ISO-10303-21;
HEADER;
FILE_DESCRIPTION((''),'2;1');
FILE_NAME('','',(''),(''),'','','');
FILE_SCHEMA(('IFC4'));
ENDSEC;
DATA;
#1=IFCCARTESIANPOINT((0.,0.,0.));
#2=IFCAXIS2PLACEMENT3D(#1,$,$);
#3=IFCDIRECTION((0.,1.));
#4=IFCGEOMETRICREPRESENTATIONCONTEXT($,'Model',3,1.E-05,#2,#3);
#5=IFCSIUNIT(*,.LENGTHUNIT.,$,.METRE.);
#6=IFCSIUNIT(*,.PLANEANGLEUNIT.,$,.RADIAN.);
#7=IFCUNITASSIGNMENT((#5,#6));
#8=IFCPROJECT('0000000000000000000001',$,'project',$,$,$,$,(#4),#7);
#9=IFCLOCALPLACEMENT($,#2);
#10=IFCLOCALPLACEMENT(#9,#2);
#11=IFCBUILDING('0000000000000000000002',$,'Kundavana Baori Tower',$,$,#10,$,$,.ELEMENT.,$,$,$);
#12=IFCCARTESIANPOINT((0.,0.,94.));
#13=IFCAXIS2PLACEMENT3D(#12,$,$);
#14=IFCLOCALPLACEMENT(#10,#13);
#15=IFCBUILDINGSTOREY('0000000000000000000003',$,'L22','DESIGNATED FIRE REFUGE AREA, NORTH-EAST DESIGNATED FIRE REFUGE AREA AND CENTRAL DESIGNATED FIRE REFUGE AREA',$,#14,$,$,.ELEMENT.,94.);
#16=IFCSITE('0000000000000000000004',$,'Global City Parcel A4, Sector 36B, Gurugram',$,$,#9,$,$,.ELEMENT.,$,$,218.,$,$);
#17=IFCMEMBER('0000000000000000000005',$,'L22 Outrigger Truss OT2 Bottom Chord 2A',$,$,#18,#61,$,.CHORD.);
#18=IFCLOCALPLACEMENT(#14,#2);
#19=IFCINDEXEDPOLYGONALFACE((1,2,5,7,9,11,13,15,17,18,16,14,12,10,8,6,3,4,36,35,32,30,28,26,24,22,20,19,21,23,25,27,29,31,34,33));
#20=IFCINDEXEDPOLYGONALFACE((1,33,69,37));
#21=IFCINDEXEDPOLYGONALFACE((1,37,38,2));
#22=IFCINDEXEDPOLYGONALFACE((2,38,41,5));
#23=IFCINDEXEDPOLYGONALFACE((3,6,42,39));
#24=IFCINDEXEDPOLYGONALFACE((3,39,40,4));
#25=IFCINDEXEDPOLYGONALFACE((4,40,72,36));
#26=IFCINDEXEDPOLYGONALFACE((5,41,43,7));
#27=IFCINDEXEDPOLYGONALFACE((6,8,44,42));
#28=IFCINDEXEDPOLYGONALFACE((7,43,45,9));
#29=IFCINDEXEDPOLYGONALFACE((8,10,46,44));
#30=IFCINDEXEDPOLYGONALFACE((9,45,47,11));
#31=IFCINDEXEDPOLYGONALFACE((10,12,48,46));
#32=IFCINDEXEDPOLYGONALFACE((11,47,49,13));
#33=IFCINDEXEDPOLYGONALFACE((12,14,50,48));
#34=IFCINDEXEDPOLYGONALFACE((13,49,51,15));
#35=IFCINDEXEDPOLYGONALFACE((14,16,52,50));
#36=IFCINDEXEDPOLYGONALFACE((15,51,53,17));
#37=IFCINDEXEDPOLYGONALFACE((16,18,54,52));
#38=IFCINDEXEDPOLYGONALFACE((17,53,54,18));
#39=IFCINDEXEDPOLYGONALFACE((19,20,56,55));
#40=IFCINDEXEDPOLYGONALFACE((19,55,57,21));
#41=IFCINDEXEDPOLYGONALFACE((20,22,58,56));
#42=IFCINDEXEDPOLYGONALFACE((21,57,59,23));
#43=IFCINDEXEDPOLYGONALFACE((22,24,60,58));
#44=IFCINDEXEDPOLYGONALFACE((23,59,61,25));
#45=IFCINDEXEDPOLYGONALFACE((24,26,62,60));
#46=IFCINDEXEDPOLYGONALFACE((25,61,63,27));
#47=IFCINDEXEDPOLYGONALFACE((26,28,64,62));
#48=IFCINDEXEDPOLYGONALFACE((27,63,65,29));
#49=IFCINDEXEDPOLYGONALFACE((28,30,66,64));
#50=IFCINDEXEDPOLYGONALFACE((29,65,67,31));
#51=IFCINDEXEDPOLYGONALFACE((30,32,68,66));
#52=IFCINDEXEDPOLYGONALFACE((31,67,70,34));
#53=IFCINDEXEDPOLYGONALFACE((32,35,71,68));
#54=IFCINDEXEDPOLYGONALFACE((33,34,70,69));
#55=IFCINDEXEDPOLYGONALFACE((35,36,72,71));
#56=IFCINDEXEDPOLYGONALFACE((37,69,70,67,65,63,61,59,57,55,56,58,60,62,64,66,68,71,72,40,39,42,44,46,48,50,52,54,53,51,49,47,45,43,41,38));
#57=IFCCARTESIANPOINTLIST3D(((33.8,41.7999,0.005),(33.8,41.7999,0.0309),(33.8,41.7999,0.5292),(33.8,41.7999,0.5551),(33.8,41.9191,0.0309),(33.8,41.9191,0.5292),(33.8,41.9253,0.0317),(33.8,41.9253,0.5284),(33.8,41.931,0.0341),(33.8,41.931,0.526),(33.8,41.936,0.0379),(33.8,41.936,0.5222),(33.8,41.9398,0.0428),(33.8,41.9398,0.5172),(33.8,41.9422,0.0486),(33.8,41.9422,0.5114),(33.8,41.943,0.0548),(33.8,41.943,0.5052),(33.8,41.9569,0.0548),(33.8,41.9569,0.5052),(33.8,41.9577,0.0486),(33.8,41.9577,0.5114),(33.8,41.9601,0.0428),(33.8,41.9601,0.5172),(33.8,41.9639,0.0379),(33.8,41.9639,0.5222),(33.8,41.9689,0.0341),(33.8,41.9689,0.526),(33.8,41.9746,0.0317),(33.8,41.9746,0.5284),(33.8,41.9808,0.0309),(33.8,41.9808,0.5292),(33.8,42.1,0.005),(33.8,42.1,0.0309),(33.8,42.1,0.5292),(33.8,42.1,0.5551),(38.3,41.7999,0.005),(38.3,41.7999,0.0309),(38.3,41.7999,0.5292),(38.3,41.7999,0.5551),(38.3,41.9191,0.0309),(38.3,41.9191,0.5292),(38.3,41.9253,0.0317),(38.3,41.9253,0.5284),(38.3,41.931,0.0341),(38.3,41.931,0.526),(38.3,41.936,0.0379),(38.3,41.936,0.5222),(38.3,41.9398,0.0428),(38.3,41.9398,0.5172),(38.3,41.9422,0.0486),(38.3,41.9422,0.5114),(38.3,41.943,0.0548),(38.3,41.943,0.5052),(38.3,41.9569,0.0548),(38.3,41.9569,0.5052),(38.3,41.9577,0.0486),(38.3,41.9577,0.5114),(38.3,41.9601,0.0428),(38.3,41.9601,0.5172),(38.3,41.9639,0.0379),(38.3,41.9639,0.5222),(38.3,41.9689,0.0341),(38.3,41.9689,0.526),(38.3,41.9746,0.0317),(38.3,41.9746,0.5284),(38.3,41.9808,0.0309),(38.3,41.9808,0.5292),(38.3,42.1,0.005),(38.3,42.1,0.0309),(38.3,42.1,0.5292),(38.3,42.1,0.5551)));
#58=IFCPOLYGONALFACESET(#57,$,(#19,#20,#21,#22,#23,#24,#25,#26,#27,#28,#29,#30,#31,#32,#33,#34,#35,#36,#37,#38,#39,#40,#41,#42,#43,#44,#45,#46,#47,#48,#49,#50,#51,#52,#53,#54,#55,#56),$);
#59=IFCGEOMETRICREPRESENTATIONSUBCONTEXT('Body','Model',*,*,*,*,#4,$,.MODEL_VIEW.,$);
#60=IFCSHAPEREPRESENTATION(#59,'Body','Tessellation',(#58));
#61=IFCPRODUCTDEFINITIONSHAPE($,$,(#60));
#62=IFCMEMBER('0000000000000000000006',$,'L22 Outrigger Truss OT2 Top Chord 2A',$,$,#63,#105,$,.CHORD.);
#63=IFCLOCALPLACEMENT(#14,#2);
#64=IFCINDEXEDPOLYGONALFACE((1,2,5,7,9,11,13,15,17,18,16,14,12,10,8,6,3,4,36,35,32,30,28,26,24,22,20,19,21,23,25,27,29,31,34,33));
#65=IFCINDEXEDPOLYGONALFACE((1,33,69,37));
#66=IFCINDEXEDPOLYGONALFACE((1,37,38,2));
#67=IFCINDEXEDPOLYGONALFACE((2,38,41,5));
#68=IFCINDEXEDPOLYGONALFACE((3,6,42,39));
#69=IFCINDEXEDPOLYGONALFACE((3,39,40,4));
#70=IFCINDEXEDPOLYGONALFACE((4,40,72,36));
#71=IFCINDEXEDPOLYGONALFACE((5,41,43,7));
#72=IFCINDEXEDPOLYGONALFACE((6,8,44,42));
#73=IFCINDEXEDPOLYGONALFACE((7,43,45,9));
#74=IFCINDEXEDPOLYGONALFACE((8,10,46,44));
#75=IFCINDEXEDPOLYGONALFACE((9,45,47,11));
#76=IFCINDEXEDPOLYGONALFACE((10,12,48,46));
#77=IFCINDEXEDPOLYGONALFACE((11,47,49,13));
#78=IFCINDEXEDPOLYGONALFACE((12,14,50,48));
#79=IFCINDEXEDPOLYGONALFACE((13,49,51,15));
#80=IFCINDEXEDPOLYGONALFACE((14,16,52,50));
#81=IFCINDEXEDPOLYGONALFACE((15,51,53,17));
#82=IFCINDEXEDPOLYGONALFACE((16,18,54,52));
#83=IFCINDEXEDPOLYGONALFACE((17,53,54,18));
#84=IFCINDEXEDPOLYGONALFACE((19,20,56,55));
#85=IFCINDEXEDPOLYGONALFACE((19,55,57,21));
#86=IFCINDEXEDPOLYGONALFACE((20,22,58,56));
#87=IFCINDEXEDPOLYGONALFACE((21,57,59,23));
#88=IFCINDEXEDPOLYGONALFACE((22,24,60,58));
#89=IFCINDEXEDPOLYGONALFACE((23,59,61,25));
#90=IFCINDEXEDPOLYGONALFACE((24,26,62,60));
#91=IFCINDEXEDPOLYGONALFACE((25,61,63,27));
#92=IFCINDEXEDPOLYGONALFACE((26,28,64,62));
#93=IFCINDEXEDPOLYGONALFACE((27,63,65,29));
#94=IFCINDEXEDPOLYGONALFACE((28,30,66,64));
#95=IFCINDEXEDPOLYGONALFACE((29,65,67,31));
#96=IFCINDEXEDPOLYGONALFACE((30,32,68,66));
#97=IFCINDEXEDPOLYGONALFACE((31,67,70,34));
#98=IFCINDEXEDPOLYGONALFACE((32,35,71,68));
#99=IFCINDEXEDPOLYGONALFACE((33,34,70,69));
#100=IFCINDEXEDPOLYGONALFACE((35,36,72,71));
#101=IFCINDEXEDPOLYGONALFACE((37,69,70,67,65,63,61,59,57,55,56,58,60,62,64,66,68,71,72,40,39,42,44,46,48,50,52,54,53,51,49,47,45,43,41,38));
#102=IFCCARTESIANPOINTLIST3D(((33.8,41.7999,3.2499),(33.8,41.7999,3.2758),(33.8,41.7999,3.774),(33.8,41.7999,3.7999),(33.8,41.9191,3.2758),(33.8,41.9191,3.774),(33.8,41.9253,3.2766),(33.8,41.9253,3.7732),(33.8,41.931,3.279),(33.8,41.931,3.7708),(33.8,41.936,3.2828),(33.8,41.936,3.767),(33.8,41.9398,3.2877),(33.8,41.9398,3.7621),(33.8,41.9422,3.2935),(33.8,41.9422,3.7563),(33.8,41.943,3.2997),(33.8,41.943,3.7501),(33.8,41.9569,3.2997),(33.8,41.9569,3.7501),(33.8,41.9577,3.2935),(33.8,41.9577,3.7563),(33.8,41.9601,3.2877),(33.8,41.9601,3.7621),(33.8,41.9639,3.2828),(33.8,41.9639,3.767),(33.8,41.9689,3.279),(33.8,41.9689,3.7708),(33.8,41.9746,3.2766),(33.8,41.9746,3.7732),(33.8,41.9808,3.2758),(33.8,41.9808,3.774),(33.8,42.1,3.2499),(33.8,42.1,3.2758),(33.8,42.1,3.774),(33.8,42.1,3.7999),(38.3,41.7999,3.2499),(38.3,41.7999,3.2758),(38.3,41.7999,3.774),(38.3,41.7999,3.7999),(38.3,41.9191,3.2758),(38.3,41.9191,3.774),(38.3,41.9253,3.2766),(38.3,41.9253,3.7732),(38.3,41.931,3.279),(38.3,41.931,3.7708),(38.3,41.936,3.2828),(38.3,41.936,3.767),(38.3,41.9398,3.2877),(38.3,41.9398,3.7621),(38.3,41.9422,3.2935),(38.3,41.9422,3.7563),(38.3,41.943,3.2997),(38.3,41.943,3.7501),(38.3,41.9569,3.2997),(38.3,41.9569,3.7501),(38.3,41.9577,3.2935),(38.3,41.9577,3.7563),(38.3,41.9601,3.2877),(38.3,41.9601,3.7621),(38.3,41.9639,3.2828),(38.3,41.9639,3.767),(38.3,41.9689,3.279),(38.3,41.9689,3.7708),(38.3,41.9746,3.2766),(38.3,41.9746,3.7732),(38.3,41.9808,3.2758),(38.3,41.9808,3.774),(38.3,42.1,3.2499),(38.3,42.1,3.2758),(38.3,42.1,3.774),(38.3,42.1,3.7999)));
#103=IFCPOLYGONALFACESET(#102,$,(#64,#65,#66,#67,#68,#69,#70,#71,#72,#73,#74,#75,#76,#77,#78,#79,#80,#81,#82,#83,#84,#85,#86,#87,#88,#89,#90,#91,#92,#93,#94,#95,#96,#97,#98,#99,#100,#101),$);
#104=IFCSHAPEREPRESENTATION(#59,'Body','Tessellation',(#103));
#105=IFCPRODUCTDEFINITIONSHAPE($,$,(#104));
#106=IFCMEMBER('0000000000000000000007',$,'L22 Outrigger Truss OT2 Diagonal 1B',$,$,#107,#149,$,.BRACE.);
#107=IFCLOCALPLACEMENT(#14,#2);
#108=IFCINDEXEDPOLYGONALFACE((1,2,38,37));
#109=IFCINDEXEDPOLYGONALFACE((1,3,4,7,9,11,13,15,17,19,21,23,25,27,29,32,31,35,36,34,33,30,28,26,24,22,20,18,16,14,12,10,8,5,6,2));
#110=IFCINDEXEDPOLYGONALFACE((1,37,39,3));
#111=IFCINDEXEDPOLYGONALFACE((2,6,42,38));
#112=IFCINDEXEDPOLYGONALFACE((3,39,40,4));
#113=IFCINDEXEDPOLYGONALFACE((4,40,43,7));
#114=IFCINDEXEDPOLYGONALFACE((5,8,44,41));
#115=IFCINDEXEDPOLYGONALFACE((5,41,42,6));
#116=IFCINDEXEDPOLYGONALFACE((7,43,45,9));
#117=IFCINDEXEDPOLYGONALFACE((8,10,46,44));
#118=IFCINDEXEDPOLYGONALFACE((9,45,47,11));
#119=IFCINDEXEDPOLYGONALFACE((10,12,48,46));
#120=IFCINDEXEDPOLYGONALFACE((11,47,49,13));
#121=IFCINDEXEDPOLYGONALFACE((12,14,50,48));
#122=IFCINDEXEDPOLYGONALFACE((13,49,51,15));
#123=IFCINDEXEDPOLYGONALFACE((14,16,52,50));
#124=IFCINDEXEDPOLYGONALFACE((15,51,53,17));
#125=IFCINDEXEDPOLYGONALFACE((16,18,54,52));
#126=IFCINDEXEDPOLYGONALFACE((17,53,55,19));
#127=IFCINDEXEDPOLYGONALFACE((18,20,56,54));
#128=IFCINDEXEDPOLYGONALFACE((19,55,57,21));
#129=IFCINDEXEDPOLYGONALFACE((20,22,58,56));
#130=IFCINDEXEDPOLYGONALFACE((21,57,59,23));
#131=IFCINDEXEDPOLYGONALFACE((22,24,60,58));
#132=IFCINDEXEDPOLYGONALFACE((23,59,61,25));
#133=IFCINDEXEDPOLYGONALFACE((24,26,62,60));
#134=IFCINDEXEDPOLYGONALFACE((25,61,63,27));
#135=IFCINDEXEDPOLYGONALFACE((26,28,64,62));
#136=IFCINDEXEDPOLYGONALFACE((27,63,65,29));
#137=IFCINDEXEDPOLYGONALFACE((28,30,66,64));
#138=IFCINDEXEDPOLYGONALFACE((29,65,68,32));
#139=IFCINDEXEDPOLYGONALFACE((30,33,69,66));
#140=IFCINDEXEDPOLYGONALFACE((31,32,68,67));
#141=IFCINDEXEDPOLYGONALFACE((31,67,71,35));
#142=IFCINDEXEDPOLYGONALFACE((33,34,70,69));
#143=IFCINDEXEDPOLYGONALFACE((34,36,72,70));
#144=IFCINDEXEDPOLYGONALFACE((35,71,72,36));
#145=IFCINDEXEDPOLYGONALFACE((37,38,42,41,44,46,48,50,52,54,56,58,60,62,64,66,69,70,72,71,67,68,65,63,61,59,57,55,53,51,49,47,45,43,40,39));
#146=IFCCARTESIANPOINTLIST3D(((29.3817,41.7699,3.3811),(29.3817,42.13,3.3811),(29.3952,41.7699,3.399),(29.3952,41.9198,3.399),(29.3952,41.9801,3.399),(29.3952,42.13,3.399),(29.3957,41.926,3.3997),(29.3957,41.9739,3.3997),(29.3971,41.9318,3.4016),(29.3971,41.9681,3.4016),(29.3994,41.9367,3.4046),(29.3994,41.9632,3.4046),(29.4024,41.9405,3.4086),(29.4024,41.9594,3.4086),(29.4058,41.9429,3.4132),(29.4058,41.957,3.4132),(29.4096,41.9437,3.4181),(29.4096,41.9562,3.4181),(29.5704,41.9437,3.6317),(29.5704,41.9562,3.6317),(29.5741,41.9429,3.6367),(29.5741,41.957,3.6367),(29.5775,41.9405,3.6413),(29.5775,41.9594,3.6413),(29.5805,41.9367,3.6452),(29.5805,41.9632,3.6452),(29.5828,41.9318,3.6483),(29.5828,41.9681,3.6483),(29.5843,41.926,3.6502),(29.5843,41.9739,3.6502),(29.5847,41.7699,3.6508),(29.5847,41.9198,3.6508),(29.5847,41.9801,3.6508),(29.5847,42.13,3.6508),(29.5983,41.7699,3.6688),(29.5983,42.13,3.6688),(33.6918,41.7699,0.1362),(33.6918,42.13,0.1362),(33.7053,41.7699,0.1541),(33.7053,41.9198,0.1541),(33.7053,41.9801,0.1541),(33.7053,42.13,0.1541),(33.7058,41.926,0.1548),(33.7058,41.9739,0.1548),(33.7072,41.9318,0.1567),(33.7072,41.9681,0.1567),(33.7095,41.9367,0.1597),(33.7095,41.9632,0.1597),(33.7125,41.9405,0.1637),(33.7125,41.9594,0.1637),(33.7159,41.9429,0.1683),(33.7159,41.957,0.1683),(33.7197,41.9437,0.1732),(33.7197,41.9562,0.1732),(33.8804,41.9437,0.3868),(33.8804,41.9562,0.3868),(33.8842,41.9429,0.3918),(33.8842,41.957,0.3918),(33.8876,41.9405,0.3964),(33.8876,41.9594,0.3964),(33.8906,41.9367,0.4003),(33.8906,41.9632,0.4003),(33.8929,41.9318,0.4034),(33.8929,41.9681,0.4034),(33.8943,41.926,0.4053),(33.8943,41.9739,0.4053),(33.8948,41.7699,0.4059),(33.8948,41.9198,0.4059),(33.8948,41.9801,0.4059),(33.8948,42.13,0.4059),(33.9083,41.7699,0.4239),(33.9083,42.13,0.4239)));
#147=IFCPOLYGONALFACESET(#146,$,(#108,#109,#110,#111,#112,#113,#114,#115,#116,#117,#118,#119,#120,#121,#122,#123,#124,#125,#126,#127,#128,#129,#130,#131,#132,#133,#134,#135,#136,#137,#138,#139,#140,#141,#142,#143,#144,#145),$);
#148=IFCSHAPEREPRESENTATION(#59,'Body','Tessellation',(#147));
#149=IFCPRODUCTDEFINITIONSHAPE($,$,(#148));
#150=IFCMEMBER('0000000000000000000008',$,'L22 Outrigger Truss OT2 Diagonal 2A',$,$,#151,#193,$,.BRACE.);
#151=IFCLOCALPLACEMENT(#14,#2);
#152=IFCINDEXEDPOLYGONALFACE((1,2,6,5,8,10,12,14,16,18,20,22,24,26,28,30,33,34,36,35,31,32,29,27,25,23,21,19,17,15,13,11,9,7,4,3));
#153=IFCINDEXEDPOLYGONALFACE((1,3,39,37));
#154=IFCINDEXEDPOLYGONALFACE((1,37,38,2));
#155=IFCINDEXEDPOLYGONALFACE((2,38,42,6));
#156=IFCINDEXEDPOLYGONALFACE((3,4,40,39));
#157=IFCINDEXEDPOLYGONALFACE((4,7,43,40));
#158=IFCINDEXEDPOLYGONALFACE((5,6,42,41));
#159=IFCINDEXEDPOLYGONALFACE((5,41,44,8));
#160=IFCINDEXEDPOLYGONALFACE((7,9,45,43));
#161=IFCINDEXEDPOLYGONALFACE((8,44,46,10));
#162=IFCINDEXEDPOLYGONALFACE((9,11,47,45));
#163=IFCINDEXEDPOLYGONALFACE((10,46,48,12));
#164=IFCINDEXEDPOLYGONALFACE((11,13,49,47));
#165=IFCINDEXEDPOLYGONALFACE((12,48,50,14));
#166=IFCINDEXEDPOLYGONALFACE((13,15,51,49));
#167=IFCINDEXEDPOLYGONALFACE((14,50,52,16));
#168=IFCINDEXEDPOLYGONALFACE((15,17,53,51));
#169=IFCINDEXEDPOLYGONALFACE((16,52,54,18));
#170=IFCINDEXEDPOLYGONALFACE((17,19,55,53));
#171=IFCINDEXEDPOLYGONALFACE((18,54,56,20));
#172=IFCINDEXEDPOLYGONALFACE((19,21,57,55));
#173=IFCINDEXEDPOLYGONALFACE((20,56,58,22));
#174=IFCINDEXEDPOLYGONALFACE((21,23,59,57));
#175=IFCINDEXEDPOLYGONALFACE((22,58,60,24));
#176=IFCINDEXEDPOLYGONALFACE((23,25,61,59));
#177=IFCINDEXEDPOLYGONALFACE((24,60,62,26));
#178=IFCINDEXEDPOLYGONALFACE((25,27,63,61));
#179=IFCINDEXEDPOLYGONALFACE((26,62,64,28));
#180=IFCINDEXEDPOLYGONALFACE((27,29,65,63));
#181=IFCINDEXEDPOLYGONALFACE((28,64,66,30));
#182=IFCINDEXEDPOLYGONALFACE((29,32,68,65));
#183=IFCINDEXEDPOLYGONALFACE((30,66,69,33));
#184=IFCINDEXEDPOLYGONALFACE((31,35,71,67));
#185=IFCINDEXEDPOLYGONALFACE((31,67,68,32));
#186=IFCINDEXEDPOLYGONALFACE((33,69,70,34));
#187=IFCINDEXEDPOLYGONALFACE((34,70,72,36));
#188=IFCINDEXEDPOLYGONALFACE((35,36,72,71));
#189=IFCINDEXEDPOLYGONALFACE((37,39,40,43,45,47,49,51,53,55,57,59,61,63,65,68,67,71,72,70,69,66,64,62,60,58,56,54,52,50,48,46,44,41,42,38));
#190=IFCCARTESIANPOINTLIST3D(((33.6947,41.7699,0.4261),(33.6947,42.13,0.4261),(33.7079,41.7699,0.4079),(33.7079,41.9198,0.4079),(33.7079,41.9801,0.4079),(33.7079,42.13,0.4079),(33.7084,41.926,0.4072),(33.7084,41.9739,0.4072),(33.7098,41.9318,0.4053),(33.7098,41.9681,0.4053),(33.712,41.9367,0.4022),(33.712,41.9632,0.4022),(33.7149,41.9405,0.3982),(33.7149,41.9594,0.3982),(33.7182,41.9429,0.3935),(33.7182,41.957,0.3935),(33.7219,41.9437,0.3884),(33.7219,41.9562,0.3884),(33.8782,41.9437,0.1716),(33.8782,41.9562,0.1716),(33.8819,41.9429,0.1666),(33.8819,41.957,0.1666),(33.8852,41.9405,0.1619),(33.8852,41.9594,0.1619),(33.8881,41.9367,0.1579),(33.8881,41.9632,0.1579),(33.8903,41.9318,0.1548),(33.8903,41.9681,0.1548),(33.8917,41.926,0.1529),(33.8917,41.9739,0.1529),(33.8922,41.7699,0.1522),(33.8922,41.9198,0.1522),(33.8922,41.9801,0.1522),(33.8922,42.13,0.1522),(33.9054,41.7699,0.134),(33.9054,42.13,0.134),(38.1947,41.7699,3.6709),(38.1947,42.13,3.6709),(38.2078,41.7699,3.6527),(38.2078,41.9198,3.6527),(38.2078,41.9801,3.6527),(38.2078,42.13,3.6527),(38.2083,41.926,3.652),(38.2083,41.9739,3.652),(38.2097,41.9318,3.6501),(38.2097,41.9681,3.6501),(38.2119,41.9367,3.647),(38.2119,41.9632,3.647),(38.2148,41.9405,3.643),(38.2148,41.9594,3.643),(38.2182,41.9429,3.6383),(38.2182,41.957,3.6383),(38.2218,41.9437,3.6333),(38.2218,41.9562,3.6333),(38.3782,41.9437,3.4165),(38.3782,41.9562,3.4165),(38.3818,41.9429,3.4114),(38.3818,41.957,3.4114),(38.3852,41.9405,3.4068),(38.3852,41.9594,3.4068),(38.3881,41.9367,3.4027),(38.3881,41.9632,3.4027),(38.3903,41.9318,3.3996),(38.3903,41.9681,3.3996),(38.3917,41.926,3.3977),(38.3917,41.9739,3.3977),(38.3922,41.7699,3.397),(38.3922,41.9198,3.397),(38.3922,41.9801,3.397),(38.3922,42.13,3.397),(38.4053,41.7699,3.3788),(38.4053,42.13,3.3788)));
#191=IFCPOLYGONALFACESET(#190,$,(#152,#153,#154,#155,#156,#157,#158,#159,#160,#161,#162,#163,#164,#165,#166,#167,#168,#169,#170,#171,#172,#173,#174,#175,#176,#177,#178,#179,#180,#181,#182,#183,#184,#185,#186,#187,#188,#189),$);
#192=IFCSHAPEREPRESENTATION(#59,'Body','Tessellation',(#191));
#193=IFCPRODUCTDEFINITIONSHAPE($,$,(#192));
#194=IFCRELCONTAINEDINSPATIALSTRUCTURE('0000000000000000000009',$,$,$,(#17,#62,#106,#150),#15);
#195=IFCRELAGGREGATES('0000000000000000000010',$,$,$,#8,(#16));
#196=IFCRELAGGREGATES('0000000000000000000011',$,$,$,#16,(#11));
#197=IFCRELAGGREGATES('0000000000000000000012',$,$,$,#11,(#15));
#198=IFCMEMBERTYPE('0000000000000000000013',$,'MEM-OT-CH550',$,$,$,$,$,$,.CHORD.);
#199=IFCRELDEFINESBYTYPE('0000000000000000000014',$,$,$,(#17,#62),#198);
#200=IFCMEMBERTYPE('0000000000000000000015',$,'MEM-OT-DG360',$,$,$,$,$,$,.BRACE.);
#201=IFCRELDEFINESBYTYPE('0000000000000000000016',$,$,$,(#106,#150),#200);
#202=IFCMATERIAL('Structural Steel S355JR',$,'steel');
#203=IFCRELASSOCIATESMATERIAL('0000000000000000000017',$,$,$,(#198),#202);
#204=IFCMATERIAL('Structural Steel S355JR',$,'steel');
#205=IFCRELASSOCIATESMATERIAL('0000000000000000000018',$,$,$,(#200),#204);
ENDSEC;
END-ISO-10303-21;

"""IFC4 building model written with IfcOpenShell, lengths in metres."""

from ifc_helpers import new_model, si_unit, direction, frame, origin, origin_2d, place, context, subcontext, project, spatial, i_section, extrude, material, material_profile, profile_set, type_object, element, save


model = new_model("IFC4")

# Units and contexts
model_context = context("Model", 3, precision=1e-05, world=origin(), true_north=direction((0.0, 1.0)))
body_context = subcontext(model_context, "Body", "Model", "MODEL_VIEW")
ifc_project = project(units=[si_unit("LENGTHUNIT", "METRE"), si_unit("PLANEANGLEUNIT", "RADIAN")], contexts=[model_context])

# Site, building, storey
site_placement = place(None, origin())
site = spatial("IfcSite", under=ifc_project, at=site_placement, Name="Global City Parcel A4, Sector 36B, Gurugram", CompositionType="ELEMENT", RefElevation=218.0)
building_placement = place(site_placement, origin())
building = spatial("IfcBuilding", under=site, at=building_placement, Name="Kundavana Baori Tower", CompositionType="ELEMENT")
storey_placement = place(building_placement, frame((0.0, 0.0, 94.0)))
storey = spatial("IfcBuildingStorey", under=building, at=storey_placement, Name="L22", Description="DESIGNATED FIRE REFUGE AREA, NORTH-EAST DESIGNATED FIRE REFUGE AREA AND CENTRAL DESIGNATED FIRE REFUGE AREA", CompositionType="ELEMENT", Elevation=94.0)

# Members
ifc_material_1 = material(Name="Structural Steel S355JR", Category="steel")
ifc_material_profile_1 = material_profile(ifc_material_1, i_section(OverallWidth=0.3, OverallDepth=0.55, WebThickness=0.0139, FlangeThickness=0.0259, FilletRadius=0.0239, at=origin_2d()), Name="WPB 550x300x166")
ifc_profile_set_1 = profile_set([ifc_material_profile_1], Name="Structural Steel S355JR")
member_type_1 = type_object("IfcMemberType", Name="MEM-OT-CH550", PredefinedType="CHORD", material=ifc_profile_set_1)
for number, where, z_axis, x_axis, name in (
    (1, (33.8, 41.95, 0.28), (1.0, 0.0, 0.0), (0.0, 1.0, 0.0), "L22 Outrigger Truss OT2 Bottom Chord 2A"),
    (2, (33.8, 41.95, 3.5249), (1.0, 0.0, 0.0), (0.0, 1.0, 0.0), "L22 Outrigger Truss OT2 Top Chord 2A"),
):
    element("IfcMember", number, at=place(storey_placement, frame(where, z_axis=z_axis, x_axis=x_axis)), inside=storey, type_object=member_type_1, Name=name, PredefinedType="CHORD", context=body_context, shape_type="SweptSolid", body=[
        extrude(i_section(OverallWidth=0.3, OverallDepth=0.55, WebThickness=0.0139, FlangeThickness=0.0259, FilletRadius=0.0239, at=origin_2d()), origin(), (0.0, 0.0, 1.0), 4.5),
    ])
ifc_material_2 = material(Name="Structural Steel S355JR", Category="steel")
ifc_material_profile_2 = material_profile(ifc_material_2, i_section(OverallWidth=0.3601, OverallDepth=0.3601, WebThickness=0.0125, FlangeThickness=0.0225, FilletRadius=0.0239, at=origin_2d()), Name="WPB 360x360x142")
ifc_profile_set_2 = profile_set([ifc_material_profile_2], Name="Structural Steel S355JR")
member_type_2 = type_object("IfcMemberType", Name="MEM-OT-DG360", PredefinedType="BRACE", material=ifc_profile_set_2)
member_1_placement = place(storey_placement, frame((33.8, 41.95, 0.28), z_axis=(-0.798902, 0.0, 0.601462), x_axis=(0.0, -1.0, 0.0)))
element("IfcMember", 3, at=member_1_placement, inside=storey, type_object=member_type_2, Name="L22 Outrigger Truss OT2 Diagonal 1B", PredefinedType="BRACE", context=body_context, shape_type="SweptSolid", body=[
    extrude(i_section(OverallWidth=0.3601, OverallDepth=0.3601, WebThickness=0.0125, FlangeThickness=0.0225, FilletRadius=0.0239, at=origin_2d()), origin(), (0.0, 0.0, 1.0), 5.395),
])
member_2_placement = place(storey_placement, frame((33.8, 41.95, 0.28), z_axis=(0.811118, 0.0, 0.584883), x_axis=(0.0, 1.0, 0.0)))
element("IfcMember", 4, at=member_2_placement, inside=storey, type_object=member_type_2, Name="L22 Outrigger Truss OT2 Diagonal 2A", PredefinedType="BRACE", context=body_context, shape_type="SweptSolid", body=[
    extrude(i_section(OverallWidth=0.3601, OverallDepth=0.3601, WebThickness=0.0125, FlangeThickness=0.0225, FilletRadius=0.0239, at=origin_2d()), origin(), (0.0, 0.0, 1.0), 5.5479),
])

save(model, "model.ifc")
